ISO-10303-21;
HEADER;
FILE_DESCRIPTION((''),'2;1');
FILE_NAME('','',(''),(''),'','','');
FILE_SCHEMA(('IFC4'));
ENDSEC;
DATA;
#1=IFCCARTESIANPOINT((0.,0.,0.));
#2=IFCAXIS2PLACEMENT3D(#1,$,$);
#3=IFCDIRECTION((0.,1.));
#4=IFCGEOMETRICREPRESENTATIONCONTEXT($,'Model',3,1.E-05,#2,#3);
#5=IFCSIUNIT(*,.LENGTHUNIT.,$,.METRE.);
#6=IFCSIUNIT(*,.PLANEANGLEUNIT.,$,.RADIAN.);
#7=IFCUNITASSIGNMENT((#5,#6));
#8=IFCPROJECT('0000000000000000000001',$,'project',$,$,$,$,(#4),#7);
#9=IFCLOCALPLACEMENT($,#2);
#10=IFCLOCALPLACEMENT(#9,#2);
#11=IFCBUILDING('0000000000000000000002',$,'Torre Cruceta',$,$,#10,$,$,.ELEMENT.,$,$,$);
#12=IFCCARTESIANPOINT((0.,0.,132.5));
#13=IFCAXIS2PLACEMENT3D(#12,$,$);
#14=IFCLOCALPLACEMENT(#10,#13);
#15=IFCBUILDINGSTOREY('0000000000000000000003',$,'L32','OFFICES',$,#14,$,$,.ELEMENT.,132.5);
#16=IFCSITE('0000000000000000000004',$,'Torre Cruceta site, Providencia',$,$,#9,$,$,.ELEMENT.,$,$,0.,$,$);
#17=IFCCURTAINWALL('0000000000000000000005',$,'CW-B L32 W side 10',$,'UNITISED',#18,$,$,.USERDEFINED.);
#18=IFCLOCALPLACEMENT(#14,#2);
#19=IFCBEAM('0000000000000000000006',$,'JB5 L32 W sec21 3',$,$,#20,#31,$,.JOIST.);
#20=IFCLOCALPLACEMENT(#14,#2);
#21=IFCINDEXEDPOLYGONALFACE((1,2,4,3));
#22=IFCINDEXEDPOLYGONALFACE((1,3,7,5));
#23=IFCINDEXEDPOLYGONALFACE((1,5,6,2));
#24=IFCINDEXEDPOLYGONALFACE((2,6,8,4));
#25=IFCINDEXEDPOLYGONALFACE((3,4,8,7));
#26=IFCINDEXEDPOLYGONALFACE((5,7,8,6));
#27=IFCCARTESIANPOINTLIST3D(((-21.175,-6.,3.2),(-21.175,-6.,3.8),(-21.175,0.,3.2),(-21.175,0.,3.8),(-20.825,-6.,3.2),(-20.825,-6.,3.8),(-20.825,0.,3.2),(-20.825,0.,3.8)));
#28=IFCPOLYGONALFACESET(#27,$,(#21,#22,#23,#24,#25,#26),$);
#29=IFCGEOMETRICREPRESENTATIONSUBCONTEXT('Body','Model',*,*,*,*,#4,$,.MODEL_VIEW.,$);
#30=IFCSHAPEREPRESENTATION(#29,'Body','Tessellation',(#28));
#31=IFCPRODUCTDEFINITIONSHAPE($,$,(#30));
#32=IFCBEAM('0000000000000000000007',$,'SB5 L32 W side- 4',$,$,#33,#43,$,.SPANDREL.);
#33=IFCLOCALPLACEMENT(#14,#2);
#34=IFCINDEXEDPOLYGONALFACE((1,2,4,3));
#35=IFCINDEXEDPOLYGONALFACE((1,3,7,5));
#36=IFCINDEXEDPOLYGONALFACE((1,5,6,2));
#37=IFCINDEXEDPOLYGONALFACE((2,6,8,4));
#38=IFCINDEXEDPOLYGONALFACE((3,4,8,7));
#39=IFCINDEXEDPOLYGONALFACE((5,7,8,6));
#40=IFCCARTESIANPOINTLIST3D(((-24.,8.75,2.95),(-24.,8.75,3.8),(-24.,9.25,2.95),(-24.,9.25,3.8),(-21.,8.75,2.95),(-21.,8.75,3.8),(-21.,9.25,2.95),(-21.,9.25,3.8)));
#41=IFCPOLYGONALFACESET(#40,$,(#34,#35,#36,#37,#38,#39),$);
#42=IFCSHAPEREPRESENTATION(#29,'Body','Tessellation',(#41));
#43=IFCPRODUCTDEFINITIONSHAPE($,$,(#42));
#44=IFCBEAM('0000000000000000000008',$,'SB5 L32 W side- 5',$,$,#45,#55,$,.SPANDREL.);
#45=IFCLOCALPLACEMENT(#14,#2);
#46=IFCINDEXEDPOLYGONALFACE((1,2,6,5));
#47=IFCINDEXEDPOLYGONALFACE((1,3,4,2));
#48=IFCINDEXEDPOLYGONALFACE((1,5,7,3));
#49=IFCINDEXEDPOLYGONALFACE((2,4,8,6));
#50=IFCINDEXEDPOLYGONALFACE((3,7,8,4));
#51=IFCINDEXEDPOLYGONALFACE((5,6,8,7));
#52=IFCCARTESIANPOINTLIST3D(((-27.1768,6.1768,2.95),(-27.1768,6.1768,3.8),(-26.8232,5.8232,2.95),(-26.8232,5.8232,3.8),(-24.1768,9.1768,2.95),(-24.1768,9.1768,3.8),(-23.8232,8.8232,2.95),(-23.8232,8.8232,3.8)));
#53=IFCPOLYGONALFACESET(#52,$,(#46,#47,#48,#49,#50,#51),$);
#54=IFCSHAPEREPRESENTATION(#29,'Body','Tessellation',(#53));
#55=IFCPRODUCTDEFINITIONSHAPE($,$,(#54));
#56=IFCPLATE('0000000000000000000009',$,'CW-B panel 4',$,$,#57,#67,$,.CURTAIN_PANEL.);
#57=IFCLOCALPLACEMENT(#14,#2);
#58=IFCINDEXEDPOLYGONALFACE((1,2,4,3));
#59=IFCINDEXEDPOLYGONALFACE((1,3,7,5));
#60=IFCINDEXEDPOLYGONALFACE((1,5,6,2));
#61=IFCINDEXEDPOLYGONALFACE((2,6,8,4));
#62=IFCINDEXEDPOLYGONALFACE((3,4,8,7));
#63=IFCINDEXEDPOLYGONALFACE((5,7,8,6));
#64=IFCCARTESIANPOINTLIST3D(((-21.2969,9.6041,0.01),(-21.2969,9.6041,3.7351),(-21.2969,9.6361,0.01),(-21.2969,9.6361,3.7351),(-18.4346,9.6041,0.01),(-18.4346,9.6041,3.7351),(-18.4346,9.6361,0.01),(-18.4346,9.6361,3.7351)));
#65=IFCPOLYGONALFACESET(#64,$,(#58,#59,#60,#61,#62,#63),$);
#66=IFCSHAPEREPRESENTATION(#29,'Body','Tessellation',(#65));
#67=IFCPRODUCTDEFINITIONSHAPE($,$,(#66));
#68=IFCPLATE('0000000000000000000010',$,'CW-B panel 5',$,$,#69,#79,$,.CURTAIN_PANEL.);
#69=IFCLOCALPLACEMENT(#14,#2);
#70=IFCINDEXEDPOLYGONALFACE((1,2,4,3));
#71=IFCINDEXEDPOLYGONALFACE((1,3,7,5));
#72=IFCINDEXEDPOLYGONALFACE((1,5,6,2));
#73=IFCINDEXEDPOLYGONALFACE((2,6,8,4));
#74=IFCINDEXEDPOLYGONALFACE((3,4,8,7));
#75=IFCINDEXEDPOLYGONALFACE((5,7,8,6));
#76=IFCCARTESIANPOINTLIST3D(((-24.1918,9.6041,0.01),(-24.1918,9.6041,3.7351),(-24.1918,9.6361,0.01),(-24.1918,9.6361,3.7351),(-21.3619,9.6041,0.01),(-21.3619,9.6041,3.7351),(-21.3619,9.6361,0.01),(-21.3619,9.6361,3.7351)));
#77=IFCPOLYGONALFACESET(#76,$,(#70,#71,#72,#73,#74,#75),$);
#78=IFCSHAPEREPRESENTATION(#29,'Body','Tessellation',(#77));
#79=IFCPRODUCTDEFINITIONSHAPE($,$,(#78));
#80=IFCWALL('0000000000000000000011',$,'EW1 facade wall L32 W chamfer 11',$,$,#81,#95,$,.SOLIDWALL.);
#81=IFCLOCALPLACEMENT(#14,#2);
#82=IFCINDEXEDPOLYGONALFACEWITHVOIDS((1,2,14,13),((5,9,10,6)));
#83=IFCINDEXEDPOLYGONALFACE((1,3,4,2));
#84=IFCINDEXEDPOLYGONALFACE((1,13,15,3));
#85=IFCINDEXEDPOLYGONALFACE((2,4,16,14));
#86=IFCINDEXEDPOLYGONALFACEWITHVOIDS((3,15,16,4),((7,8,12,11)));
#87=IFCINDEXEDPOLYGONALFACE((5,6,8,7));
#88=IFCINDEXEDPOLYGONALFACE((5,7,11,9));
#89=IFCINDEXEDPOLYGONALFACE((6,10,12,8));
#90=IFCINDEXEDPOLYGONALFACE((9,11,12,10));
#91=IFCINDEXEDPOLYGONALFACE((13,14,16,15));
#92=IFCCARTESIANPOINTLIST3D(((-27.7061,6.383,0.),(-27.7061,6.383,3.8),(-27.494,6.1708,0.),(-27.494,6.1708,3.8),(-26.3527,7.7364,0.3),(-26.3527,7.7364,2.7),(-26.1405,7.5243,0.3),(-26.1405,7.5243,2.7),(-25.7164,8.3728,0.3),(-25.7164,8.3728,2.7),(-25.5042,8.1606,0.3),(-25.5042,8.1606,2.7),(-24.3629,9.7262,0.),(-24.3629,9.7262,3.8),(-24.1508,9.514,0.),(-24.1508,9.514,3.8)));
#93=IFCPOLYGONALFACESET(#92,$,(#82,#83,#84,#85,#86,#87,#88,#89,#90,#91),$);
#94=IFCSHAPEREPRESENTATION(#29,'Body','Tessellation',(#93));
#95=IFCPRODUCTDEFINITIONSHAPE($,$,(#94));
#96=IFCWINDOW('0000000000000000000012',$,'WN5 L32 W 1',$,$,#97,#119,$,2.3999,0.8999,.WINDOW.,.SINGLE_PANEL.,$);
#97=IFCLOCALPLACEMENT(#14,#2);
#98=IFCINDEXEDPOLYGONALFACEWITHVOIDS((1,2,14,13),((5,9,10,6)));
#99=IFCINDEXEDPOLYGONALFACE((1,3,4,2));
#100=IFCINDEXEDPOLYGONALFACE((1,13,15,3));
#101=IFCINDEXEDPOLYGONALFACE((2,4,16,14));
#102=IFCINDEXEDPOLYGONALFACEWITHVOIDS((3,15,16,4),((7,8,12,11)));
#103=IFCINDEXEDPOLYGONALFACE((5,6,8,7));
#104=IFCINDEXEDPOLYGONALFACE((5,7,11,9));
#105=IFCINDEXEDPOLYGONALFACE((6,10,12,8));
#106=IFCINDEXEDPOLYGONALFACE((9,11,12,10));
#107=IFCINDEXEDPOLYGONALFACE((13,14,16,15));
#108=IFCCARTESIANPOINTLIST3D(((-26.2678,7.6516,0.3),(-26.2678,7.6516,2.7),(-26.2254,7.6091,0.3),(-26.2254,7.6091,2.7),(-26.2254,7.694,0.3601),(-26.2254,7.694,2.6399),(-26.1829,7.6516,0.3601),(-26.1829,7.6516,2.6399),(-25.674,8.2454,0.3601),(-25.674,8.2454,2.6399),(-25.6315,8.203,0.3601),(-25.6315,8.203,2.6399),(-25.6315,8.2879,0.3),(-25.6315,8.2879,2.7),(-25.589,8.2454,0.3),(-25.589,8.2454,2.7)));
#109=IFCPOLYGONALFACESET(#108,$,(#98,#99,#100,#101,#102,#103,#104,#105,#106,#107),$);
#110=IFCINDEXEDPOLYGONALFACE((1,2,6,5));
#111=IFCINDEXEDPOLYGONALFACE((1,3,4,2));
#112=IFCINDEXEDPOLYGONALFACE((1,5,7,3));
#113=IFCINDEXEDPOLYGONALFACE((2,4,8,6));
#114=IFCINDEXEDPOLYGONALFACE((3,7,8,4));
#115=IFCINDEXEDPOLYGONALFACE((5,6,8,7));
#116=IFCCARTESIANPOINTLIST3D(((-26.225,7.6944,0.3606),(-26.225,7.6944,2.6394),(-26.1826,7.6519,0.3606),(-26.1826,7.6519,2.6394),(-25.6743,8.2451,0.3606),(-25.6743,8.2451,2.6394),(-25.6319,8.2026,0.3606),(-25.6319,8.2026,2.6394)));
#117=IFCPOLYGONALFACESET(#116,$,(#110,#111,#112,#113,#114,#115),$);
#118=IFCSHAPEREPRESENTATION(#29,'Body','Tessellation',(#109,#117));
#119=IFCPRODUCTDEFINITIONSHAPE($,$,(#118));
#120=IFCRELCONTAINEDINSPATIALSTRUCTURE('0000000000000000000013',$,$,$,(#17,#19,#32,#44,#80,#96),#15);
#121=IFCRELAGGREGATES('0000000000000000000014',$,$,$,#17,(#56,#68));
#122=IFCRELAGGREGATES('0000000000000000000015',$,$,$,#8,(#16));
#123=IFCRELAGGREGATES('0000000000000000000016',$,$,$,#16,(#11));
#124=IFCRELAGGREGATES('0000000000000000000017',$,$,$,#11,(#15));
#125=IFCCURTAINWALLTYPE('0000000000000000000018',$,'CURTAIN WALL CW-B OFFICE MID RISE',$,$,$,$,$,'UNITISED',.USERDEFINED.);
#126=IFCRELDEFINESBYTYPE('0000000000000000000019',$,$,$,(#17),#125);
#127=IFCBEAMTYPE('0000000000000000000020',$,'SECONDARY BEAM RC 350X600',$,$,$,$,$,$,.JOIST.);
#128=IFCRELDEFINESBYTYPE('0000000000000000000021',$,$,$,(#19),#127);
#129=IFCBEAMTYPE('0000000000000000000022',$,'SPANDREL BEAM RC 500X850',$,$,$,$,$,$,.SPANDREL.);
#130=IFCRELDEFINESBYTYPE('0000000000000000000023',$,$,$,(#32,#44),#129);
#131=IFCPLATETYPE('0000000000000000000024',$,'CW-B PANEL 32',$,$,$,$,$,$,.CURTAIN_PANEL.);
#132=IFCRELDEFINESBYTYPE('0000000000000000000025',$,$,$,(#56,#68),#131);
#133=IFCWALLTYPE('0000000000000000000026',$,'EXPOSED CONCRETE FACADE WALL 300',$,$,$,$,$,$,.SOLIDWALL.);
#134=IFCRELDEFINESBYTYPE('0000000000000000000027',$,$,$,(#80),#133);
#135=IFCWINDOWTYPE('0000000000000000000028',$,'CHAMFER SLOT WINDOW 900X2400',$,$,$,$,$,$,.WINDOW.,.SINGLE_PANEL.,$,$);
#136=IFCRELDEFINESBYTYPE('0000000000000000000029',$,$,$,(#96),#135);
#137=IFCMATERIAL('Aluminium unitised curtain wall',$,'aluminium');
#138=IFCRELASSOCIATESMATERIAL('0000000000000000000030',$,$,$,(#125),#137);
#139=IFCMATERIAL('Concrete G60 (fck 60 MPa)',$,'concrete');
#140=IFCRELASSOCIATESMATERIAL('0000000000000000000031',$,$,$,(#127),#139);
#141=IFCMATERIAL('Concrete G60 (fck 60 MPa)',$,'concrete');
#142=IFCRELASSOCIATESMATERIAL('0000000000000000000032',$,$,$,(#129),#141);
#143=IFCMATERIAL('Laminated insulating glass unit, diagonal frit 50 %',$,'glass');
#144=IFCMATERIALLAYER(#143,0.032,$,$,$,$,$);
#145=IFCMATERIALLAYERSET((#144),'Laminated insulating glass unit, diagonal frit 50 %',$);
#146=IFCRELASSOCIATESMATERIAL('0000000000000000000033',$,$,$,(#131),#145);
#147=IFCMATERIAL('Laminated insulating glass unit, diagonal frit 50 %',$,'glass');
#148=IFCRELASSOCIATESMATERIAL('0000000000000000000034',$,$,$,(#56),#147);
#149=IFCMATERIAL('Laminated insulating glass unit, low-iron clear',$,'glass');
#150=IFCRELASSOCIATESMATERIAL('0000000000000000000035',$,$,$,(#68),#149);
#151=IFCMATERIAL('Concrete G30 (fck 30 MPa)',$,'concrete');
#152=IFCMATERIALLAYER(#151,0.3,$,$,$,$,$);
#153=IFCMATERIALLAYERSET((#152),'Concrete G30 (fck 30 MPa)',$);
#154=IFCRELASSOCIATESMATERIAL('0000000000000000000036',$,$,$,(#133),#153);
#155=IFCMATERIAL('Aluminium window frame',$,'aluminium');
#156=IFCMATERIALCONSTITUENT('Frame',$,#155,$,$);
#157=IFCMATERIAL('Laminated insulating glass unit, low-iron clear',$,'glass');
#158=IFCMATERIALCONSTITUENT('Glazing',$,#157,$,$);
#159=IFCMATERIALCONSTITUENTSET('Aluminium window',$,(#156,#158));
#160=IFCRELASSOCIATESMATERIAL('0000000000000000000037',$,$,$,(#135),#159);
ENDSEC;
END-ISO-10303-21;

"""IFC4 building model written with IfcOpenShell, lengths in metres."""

from ifc_helpers import new_model, si_unit, direction, frame, frame_2d, origin, origin_2d, place, context, subcontext, project, spatial, rectangle, hollow_rectangle, extrude, material, layer, layer_set, constituent, constituent_set, material_profile, profile_set, type_object, element, fill, aggregate, save


model = new_model("IFC4")

# Units and contexts
model_context = context("Model", 3, precision=1e-05, world=origin(), true_north=direction((0.0, 1.0)))
body_context = subcontext(model_context, "Body", "Model", "MODEL_VIEW")
ifc_project = project(units=[si_unit("LENGTHUNIT", "METRE"), si_unit("PLANEANGLEUNIT", "RADIAN")], contexts=[model_context])

# Site, building, storey
site_placement = place(None, origin())
site = spatial("IfcSite", under=ifc_project, at=site_placement, Name="Torre Cruceta site, Providencia", CompositionType="ELEMENT", RefElevation=0.0)
building_placement = place(site_placement, origin())
building = spatial("IfcBuilding", under=site, at=building_placement, Name="Torre Cruceta", CompositionType="ELEMENT")
storey_placement = place(building_placement, frame((0.0, 0.0, 132.5)))
storey = spatial("IfcBuildingStorey", under=building, at=storey_placement, Name="L32", Description="OFFICES", CompositionType="ELEMENT", Elevation=132.5)

# Curtain wall
ifc_material_1 = material(Name="Aluminium unitised curtain wall", Category="aluminium")
curtain_wall_type = type_object("IfcCurtainWallType", Name="CURTAIN WALL CW-B OFFICE MID RISE", ElementType="UNITISED", PredefinedType="USERDEFINED", material=ifc_material_1)
curtain_wall_placement = place(storey_placement, origin())
curtain_wall = element("IfcCurtainWall", 1, at=curtain_wall_placement, inside=storey, type_object=curtain_wall_type, Name="CW-B L32 W side 10", ObjectType="UNITISED", PredefinedType="USERDEFINED")

# Beams
ifc_material_2 = material(Name="Concrete G60 (fck 60 MPa)", Category="concrete")
ifc_material_profile_1 = material_profile(ifc_material_2, rectangle(XDim=0.3501, YDim=0.6001, at=origin_2d()), Name="RC 350X600")
ifc_profile_set_1 = profile_set([ifc_material_profile_1], Name="Concrete G60 (fck 60 MPa)")
beam_type_1 = type_object("IfcBeamType", Name="SECONDARY BEAM RC 350X600", PredefinedType="JOIST", material=ifc_profile_set_1)
for number, where, z_axis, x_axis, name in (
    (2, (-21.0, 0.0, 3.5), (0.0, -1.0, 0.0), (1.0, 0.0, 0.0), "JB5 L32 W sec21 3"),
):
    element("IfcBeam", number, at=place(storey_placement, frame(where, z_axis=z_axis, x_axis=x_axis)), inside=storey, type_object=beam_type_1, Name=name, PredefinedType="JOIST", context=body_context, shape_type="SweptSolid", body=[
        extrude(rectangle(XDim=0.3501, YDim=0.6001, at=origin_2d()), origin(), (0.0, 0.0, 1.0), 6.0),
    ])
ifc_material_3 = material(Name="Concrete G60 (fck 60 MPa)", Category="concrete")
ifc_material_profile_2 = material_profile(ifc_material_3, rectangle(XDim=0.5, YDim=0.8501, at=origin_2d()), Name="RC 500X850")
ifc_profile_set_2 = profile_set([ifc_material_profile_2], Name="Concrete G60 (fck 60 MPa)")
beam_type_2 = type_object("IfcBeamType", Name="SPANDREL BEAM RC 500X850", PredefinedType="SPANDREL", material=ifc_profile_set_2)
beam_1_placement = place(storey_placement, frame((-21.0, 9.0, 3.375), z_axis=(-1.0, 0.0, 0.0), x_axis=(0.0, -1.0, 0.0)))
element("IfcBeam", 3, at=beam_1_placement, inside=storey, type_object=beam_type_2, Name="SB5 L32 W side- 4", PredefinedType="SPANDREL", context=body_context, shape_type="SweptSolid", body=[
    extrude(rectangle(XDim=0.5, YDim=0.8501, at=origin_2d()), origin(), (0.0, 0.0, 1.0), 3.0),
])
beam_2_placement = place(storey_placement, frame((-24.0, 9.0, 3.375), z_axis=(-0.707107, -0.707107, 0.0), x_axis=(0.707107, -0.707107, 0.0)))
element("IfcBeam", 4, at=beam_2_placement, inside=storey, type_object=beam_type_2, Name="SB5 L32 W side- 5", PredefinedType="SPANDREL", context=body_context, shape_type="SweptSolid", body=[
    extrude(rectangle(XDim=0.5, YDim=0.8501, at=origin_2d()), origin(), (0.0, 0.0, 1.0), 4.2427),
])

# Plates
ifc_material_4 = material(Name="Laminated insulating glass unit, diagonal frit 50 %", Category="glass")
ifc_material_5 = material(Name="Laminated insulating glass unit, diagonal frit 50 %", Category="glass")
ifc_layer_1 = layer(ifc_material_5, 0.032)
ifc_layer_set_1 = layer_set([ifc_layer_1], Name="Laminated insulating glass unit, diagonal frit 50 %")
plate_type = type_object("IfcPlateType", Name="CW-B PANEL 32", PredefinedType="CURTAIN_PANEL", material=ifc_layer_set_1)
plate_1_placement = place(storey_placement, frame((-19.8657, 9.6201, 0.01), z_axis=(0.0, 0.0, 1.0), x_axis=(-1.0, 0.0, 0.0)))
plate_1 = element("IfcPlate", 5, at=plate_1_placement, type_object=plate_type, material=ifc_material_4, Name="CW-B panel 4", PredefinedType="CURTAIN_PANEL", context=body_context, shape_type="SweptSolid", body=[
    extrude(rectangle(XDim=2.8623, YDim=0.032, at=origin_2d()), origin(), (0.0, 0.0, 1.0), 3.7251),
])
ifc_material_6 = material(Name="Laminated insulating glass unit, low-iron clear", Category="glass")
plate_2_placement = place(storey_placement, frame((-22.7769, 9.6201, 0.01), z_axis=(0.0, 0.0, 1.0), x_axis=(-1.0, 0.0, 0.0)))
plate_2 = element("IfcPlate", 6, at=plate_2_placement, type_object=plate_type, material=ifc_material_6, Name="CW-B panel 5", PredefinedType="CURTAIN_PANEL", context=body_context, shape_type="SweptSolid", body=[
    extrude(rectangle(XDim=2.8298, YDim=0.032, at=origin_2d()), origin(), (0.0, 0.0, 1.0), 3.7251),
])
aggregate(curtain_wall, [plate_1, plate_2])

# Wall, opening, window
ifc_material_7 = material(Name="Concrete G30 (fck 30 MPa)", Category="concrete")
ifc_layer_2 = layer(ifc_material_7, 0.3)
ifc_layer_set_2 = layer_set([ifc_layer_2], Name="Concrete G30 (fck 30 MPa)")
wall_type_1 = type_object("IfcWallType", Name="EXPOSED CONCRETE FACADE WALL 300", PredefinedType="SOLIDWALL", material=ifc_layer_set_2)
wall_1_placement = place(storey_placement, frame((-24.2568, 9.6201, 0.0), z_axis=(0.0, 0.0, 1.0), x_axis=(-0.707107, -0.707107, 0.0)))
wall_1 = element("IfcWall", 7, at=wall_1_placement, inside=storey, type_object=wall_type_1, Name="EW1 facade wall L32 W chamfer 11", PredefinedType="SOLIDWALL", context=body_context, shape_type="SweptSolid", body=[
    extrude(rectangle(XDim=4.728, YDim=0.3, at=frame_2d((2.364, 0.0))), origin(), (0.0, 0.0, 1.0), 3.8),
])
opening_1_placement = place(wall_1_placement, frame((1.9141, 0.0, 0.3)))
opening_1 = element("IfcOpeningElement", 8, at=opening_1_placement, cuts=wall_1, PredefinedType="OPENING", context=body_context, shape_type="SweptSolid", body=[
    extrude(rectangle(XDim=0.8999, YDim=2.3999, at=frame_2d((0.45, 1.2))), frame((0.0, 0.1599, 0.0), z_axis=(0.0, -1.0, 0.0), x_axis=(1.0, 0.0, 0.0)), (0.0, 0.0, 1.0), 0.3201),
])
ifc_material_8 = material(Name="Aluminium window frame", Category="aluminium")
ifc_constituent_1 = constituent(ifc_material_8, Name="Frame")
ifc_material_9 = material(Name="Laminated insulating glass unit, low-iron clear", Category="glass")
ifc_constituent_2 = constituent(ifc_material_9, Name="Glazing")
ifc_constituent_set_1 = constituent_set(constituents=[ifc_constituent_1, ifc_constituent_2], Name="Aluminium window")
window_type_1 = type_object("IfcWindowType", Name="CHAMFER SLOT WINDOW 900X2400", PartitioningType="SINGLE_PANEL", PredefinedType="WINDOW", material=ifc_constituent_set_1)
window_1_placement = place(opening_1_placement, origin())
window_1 = element("IfcWindow", 9, at=window_1_placement, inside=storey, type_object=window_type_1, Name="WN5 L32 W 1", OverallHeight=2.3999, OverallWidth=0.8999, PartitioningType="SINGLE_PANEL", PredefinedType="WINDOW", context=body_context, shape_type="SweptSolid", body=[
    extrude(hollow_rectangle(XDim=0.8999, YDim=2.3999, WallThickness=0.0601, at=frame_2d((0.45, 1.2))), frame((0.0, 0.03, 0.0), z_axis=(0.0, -1.0, 0.0), x_axis=(1.0, 0.0, 0.0)), (0.0, 0.0, 1.0), 0.0601),
    extrude(rectangle(XDim=0.7788, YDim=2.2788, at=frame_2d((0.45, 1.2))), frame((0.0, 0.03, 0.0), z_axis=(0.0, -1.0, 0.0), x_axis=(1.0, 0.0, 0.0)), (0.0, 0.0, 1.0), 0.0601),
])
fill(opening_1, window_1)

save(model, "model.ifc")
